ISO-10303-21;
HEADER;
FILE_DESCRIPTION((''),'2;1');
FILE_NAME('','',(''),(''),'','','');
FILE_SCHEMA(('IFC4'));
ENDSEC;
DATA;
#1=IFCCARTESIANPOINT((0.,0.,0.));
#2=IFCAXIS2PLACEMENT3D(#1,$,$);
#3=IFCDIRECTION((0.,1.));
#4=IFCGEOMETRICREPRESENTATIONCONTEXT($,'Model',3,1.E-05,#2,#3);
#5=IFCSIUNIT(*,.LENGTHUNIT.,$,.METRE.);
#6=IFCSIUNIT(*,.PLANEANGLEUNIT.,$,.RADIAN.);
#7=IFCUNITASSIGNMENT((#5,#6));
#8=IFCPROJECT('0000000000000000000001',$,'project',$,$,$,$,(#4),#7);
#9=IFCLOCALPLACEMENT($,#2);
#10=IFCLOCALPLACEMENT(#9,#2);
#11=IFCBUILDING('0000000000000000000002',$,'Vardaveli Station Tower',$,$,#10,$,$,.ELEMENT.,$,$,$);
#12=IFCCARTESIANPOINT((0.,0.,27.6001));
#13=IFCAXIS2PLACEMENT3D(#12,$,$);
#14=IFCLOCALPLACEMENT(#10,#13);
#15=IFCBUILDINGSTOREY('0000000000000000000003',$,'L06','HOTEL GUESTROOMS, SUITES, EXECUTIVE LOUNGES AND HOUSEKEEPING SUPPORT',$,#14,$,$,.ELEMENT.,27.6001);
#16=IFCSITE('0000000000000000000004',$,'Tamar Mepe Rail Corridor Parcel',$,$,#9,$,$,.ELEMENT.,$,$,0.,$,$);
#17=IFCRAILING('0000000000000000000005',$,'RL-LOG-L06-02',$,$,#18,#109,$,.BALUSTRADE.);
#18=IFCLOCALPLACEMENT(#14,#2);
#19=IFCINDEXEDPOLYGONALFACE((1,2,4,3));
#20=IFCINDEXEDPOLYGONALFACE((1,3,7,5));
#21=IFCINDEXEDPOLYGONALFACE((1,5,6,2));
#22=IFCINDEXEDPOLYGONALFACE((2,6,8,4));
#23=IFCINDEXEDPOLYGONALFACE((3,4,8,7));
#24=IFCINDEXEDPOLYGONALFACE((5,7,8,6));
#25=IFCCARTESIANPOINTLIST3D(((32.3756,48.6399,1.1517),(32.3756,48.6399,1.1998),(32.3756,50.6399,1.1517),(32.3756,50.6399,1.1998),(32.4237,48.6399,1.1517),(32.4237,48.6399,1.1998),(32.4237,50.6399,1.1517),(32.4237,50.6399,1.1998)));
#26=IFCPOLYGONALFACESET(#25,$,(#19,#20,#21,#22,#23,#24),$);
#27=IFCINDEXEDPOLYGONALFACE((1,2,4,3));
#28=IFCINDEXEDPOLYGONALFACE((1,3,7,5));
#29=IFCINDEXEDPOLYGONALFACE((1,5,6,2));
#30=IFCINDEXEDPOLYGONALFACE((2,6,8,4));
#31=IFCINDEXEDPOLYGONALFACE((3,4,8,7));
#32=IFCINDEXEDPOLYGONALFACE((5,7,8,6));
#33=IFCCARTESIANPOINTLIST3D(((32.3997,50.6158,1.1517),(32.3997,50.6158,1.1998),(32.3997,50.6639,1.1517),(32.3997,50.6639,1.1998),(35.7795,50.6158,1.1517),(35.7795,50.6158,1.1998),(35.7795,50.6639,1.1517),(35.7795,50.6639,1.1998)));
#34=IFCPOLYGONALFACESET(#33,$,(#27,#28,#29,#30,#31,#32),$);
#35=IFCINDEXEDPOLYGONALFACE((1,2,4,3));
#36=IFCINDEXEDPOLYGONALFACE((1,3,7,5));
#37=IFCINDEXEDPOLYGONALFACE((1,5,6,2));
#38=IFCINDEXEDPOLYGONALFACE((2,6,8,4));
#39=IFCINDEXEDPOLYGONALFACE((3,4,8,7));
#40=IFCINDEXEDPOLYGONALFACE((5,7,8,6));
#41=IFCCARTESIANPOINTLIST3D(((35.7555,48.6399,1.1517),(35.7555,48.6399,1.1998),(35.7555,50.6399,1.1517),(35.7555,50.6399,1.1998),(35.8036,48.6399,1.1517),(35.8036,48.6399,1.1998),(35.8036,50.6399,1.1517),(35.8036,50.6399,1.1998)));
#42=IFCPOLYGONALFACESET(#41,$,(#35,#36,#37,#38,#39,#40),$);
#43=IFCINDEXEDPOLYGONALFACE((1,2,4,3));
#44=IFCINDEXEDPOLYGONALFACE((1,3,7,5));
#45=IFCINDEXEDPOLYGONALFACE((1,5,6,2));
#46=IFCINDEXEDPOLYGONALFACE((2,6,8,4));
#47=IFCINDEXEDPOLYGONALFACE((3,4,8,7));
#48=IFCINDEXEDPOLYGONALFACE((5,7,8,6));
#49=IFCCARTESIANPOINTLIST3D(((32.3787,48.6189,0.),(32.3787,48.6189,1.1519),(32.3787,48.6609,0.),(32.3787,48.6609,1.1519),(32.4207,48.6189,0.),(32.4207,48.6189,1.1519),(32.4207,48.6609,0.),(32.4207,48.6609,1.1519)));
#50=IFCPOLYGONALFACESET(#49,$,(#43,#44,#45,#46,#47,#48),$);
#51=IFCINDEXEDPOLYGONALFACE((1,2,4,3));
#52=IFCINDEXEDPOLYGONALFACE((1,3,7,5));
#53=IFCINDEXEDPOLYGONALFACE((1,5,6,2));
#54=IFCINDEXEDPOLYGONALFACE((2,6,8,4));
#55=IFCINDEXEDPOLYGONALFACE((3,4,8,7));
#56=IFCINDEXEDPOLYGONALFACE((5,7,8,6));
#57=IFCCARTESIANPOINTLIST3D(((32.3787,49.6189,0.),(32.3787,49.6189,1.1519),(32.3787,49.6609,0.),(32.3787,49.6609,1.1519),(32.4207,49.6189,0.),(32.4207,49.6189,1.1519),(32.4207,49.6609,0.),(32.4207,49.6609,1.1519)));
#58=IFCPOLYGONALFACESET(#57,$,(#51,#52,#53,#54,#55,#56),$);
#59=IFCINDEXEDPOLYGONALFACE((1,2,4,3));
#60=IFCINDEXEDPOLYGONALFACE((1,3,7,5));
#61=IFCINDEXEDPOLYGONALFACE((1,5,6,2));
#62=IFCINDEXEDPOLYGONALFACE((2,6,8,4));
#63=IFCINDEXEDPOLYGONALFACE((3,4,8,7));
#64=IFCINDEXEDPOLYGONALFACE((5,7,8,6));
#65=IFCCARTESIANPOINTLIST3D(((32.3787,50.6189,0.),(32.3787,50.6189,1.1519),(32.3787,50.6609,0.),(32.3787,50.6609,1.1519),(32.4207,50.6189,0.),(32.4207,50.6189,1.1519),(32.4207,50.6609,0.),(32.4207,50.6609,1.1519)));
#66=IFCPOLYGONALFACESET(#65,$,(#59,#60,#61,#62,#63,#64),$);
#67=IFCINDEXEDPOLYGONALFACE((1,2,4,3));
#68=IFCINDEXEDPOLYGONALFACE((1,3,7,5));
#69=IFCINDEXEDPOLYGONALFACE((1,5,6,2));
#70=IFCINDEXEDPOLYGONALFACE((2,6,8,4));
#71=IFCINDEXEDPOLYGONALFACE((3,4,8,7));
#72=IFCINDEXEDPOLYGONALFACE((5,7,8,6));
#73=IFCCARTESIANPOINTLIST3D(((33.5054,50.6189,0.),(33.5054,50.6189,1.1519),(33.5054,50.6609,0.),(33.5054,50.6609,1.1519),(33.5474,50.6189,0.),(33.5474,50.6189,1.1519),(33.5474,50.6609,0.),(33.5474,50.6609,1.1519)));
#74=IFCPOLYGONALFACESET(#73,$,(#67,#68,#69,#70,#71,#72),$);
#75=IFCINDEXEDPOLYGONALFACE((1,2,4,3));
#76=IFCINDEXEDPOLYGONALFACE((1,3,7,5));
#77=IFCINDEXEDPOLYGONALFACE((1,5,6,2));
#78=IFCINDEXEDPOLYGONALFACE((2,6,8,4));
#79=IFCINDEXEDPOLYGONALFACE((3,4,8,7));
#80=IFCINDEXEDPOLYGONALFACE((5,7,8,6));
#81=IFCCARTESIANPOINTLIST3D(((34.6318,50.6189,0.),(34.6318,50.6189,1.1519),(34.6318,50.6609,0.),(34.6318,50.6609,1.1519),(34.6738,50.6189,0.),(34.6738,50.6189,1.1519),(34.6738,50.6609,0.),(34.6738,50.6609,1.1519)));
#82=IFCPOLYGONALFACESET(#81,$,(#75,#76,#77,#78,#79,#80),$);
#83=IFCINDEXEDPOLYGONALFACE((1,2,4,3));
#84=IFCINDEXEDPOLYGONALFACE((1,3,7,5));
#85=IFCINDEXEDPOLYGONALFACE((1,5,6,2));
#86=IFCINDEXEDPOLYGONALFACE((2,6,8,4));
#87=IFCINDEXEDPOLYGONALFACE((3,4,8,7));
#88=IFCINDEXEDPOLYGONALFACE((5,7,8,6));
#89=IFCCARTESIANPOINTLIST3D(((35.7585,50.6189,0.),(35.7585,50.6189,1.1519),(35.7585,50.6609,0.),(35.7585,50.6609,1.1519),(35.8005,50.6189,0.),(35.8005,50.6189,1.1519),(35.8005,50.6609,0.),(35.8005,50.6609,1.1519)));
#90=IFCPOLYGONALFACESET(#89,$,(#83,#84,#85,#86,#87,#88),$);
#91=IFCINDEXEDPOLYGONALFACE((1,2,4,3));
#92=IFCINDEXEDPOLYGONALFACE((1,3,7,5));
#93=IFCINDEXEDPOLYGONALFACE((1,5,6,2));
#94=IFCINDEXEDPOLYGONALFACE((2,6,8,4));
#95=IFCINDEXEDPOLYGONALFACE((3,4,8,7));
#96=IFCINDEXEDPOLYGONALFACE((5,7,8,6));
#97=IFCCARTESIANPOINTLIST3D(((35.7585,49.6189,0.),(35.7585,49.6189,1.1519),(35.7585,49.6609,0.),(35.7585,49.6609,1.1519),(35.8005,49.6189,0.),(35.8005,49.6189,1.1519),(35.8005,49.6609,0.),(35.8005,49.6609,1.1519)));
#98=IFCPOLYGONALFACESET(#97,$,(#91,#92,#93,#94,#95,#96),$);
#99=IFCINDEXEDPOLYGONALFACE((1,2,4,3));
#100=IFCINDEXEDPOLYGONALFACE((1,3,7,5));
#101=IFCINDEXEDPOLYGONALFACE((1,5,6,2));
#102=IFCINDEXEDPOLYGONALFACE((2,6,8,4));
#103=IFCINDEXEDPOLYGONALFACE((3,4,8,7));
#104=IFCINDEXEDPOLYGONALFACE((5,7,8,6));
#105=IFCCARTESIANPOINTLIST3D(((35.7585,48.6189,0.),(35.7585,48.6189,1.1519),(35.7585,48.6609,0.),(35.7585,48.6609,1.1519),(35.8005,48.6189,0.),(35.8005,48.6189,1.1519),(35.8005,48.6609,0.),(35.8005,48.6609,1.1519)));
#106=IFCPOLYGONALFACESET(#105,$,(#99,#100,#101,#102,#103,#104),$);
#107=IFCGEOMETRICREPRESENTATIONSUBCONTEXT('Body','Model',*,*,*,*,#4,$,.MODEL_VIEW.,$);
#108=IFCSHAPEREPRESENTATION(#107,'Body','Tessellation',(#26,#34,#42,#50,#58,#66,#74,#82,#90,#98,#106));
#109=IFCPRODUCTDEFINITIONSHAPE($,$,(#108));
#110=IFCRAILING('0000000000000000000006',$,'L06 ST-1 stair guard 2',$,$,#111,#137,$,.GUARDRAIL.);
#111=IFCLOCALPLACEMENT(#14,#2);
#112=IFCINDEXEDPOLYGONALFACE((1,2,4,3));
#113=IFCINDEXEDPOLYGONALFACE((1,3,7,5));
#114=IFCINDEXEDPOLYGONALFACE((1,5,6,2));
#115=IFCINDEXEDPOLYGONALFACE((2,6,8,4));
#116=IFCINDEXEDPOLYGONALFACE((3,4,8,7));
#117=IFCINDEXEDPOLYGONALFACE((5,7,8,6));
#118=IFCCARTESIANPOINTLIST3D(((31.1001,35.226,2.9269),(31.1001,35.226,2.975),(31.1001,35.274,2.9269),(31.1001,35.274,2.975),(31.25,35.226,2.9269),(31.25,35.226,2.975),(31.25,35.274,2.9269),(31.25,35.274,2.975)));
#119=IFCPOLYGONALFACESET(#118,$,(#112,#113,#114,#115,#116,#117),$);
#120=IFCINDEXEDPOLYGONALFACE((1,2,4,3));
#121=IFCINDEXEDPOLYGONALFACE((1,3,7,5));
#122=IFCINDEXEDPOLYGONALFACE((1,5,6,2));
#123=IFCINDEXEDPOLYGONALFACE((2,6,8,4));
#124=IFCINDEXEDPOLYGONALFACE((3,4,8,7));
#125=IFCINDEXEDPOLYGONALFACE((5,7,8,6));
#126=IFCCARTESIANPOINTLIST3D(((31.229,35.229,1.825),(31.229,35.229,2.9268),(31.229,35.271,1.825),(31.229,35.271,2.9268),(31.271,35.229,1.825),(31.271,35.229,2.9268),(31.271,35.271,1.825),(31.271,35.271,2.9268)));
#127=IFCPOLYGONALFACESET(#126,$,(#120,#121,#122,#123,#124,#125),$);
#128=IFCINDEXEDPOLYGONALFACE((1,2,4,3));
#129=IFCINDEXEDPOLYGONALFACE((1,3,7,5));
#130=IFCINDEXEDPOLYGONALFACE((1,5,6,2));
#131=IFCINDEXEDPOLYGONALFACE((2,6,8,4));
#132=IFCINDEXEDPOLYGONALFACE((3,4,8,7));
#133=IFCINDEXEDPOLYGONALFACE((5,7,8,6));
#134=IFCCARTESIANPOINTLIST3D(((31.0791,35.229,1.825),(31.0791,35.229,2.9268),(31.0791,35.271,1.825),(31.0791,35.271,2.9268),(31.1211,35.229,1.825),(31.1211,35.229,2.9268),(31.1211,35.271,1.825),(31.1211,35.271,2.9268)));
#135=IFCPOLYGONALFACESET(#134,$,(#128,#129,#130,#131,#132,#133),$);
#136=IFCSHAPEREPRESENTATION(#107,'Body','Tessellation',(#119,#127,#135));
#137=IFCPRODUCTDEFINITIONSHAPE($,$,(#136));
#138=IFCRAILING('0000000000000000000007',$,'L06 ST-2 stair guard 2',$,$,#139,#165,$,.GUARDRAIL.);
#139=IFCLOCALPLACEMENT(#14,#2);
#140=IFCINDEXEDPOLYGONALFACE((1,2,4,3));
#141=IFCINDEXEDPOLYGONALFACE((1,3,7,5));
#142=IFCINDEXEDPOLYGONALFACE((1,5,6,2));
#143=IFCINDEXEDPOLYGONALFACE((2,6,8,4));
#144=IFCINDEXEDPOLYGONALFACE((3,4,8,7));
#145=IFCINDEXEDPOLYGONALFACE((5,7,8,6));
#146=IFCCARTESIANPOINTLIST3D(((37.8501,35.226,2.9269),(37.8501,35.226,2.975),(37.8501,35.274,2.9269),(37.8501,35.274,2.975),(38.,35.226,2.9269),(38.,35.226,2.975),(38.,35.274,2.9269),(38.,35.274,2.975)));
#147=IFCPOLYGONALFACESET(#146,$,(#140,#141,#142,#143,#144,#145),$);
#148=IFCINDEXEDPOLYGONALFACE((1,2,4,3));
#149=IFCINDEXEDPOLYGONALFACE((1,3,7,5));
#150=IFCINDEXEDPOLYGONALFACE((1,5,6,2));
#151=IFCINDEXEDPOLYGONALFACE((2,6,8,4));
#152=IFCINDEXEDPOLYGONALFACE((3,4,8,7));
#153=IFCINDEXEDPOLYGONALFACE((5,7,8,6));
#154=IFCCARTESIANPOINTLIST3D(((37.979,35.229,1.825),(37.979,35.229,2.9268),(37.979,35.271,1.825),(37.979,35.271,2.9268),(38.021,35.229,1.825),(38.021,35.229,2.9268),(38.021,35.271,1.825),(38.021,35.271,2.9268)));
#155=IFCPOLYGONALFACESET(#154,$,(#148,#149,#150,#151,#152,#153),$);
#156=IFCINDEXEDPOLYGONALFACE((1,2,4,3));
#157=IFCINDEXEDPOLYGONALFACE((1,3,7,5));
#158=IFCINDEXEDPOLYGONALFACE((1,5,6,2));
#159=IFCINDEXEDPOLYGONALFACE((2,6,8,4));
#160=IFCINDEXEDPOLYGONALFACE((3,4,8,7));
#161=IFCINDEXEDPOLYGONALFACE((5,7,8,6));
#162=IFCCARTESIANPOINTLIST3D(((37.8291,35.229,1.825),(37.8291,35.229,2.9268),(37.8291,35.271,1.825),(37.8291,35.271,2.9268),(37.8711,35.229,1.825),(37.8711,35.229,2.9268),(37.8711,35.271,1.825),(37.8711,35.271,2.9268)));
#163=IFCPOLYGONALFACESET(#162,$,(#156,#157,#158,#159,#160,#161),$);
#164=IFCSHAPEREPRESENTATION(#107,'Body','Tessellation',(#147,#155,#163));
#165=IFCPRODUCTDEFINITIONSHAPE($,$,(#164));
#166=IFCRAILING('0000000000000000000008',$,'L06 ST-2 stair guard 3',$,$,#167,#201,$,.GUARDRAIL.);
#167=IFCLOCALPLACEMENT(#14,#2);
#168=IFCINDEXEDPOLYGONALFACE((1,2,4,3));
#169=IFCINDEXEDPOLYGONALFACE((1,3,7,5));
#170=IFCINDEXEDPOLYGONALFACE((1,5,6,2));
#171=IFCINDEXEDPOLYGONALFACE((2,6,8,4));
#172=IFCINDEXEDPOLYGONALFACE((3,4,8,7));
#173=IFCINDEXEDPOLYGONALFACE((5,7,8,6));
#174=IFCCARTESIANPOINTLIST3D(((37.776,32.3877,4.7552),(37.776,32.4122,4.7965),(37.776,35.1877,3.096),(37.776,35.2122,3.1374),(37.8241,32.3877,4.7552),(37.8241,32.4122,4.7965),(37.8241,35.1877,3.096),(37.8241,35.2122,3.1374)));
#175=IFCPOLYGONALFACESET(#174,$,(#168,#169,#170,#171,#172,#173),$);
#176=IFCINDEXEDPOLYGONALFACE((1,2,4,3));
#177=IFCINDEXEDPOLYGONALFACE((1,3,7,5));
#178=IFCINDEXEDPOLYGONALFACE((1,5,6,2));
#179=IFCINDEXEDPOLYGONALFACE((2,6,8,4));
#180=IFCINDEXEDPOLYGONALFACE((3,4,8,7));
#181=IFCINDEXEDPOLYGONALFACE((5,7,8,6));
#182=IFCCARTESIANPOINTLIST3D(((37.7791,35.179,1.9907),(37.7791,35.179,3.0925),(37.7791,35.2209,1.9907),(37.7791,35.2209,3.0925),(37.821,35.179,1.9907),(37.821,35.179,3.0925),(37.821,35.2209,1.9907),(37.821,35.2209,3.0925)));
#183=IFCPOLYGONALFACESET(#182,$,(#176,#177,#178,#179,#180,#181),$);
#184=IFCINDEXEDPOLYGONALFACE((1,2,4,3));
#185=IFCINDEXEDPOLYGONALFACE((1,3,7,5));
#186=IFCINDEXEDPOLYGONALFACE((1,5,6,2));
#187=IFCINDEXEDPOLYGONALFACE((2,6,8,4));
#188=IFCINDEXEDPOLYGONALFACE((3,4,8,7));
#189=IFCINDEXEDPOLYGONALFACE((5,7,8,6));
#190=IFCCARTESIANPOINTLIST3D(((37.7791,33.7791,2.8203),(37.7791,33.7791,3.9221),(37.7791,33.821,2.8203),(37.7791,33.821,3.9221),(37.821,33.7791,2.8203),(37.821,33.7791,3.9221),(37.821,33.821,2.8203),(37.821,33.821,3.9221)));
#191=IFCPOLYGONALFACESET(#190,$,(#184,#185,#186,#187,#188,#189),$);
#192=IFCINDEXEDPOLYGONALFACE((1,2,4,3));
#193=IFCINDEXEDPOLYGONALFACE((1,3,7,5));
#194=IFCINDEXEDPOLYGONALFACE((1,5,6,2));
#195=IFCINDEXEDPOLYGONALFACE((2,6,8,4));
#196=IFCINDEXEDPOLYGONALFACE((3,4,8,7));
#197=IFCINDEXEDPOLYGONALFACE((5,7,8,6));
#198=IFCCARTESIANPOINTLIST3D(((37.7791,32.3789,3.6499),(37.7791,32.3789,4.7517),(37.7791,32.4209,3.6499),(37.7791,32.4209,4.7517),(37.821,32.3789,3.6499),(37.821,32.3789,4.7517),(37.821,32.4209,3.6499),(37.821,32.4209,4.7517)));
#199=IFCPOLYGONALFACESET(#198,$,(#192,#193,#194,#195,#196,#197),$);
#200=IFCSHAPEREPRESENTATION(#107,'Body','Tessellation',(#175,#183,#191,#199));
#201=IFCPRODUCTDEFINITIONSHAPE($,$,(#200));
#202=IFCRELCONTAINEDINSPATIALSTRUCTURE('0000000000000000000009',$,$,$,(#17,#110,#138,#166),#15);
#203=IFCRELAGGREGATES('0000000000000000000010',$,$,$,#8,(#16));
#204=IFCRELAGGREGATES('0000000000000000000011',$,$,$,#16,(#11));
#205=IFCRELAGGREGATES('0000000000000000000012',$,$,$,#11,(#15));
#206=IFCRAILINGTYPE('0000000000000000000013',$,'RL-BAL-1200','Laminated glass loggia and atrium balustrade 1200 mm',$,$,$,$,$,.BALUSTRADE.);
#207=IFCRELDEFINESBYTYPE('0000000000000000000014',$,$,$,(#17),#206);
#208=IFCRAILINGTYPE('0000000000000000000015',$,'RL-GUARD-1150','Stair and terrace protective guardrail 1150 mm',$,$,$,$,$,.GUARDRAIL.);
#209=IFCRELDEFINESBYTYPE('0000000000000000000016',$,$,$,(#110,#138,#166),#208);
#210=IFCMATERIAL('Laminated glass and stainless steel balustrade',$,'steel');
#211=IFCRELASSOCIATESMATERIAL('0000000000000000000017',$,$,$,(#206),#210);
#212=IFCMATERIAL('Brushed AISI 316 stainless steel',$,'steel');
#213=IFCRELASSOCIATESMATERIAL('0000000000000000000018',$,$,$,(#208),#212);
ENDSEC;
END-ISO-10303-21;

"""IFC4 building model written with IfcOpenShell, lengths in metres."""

from ifc_helpers import new_model, si_unit, direction, frame, origin, origin_2d, place, context, subcontext, project, spatial, rectangle, extrude, source, transform, mapped, material, type_object, element, save


model = new_model("IFC4")

# Units and contexts
model_context = context("Model", 3, precision=1e-05, world=origin(), true_north=direction((0.0, 1.0)))
body_context = subcontext(model_context, "Body", "Model", "MODEL_VIEW")
ifc_project = project(units=[si_unit("LENGTHUNIT", "METRE"), si_unit("PLANEANGLEUNIT", "RADIAN")], contexts=[model_context])

# Site, building, storey
site_placement = place(None, origin())
site = spatial("IfcSite", under=ifc_project, at=site_placement, Name="Tamar Mepe Rail Corridor Parcel", CompositionType="ELEMENT", RefElevation=0.0)
building_placement = place(site_placement, origin())
building = spatial("IfcBuilding", under=site, at=building_placement, Name="Vardaveli Station Tower", CompositionType="ELEMENT")
storey_placement = place(building_placement, frame((0.0, 0.0, 27.6001)))
storey = spatial("IfcBuildingStorey", under=building, at=storey_placement, Name="L06", Description="HOTEL GUESTROOMS, SUITES, EXECUTIVE LOUNGES AND HOUSEKEEPING SUPPORT", CompositionType="ELEMENT", Elevation=27.6001)

# Railings
ifc_material_1 = material(Name="Laminated glass and stainless steel balustrade", Category="steel")
railing_type_1 = type_object("IfcRailingType", Name="RL-BAL-1200", Description="Laminated glass loggia and atrium balustrade 1200 mm", PredefinedType="BALUSTRADE", material=ifc_material_1)
shared_shape_1 = source(origin(), body_context, "Body", "SweptSolid", [
    extrude(rectangle(XDim=0.0481, YDim=0.0481, at=origin_2d()), frame((0.0, 0.0, 1.1758), z_axis=(0.0, 1.0, 0.0), x_axis=(-1.0, 0.0, 0.0)), (0.0, 0.0, 1.0), 2.0),
    extrude(rectangle(XDim=0.0481, YDim=0.0481, at=origin_2d()), frame((0.0, 2.0, 1.1758), z_axis=(1.0, 0.0, 0.0), x_axis=(0.0, 1.0, 0.0)), (0.0, 0.0, 1.0), 3.3799),
    extrude(rectangle(XDim=0.0481, YDim=0.0481, at=origin_2d()), frame((3.3799, 2.0, 1.1758), z_axis=(0.0, -1.0, 0.0), x_axis=(1.0, 0.0, 0.0)), (0.0, 0.0, 1.0), 2.0),
    extrude(rectangle(XDim=0.042, YDim=0.042, at=origin_2d()), origin(), (0.0, 0.0, 1.0), 1.1519),
    extrude(rectangle(XDim=0.042, YDim=0.042, at=origin_2d()), frame((0.0, 1.0, 0.0)), (0.0, 0.0, 1.0), 1.1519),
    extrude(rectangle(XDim=0.042, YDim=0.042, at=origin_2d()), frame((0.0, 2.0, 0.0)), (0.0, 0.0, 1.0), 1.1519),
    extrude(rectangle(XDim=0.042, YDim=0.042, at=origin_2d()), frame((1.1267, 2.0, 0.0)), (0.0, 0.0, 1.0), 1.1519),
    extrude(rectangle(XDim=0.042, YDim=0.042, at=origin_2d()), frame((2.2532, 2.0, 0.0)), (0.0, 0.0, 1.0), 1.1519),
    extrude(rectangle(XDim=0.042, YDim=0.042, at=origin_2d()), frame((3.3799, 2.0, 0.0)), (0.0, 0.0, 1.0), 1.1519),
    extrude(rectangle(XDim=0.042, YDim=0.042, at=origin_2d()), frame((3.3799, 1.0, 0.0)), (0.0, 0.0, 1.0), 1.1519),
    extrude(rectangle(XDim=0.042, YDim=0.042, at=origin_2d()), frame((3.3799, 0.0, 0.0)), (0.0, 0.0, 1.0), 1.1519),
])
railing_1_placement = place(storey_placement, frame((32.3997, 48.6399, 0.0)))
element("IfcRailing", 1, at=railing_1_placement, inside=storey, type_object=railing_type_1, Name="RL-LOG-L06-02", PredefinedType="BALUSTRADE", context=body_context, shape_type="MappedRepresentation", body=[
    mapped(shared_shape_1, transform((0.0, 0.0, 0.0), scale=1.0)),
])
ifc_material_2 = material(Name="Brushed AISI 316 stainless steel", Category="steel")
railing_type_2 = type_object("IfcRailingType", Name="RL-GUARD-1150", Description="Stair and terrace protective guardrail 1150 mm", PredefinedType="GUARDRAIL", material=ifc_material_2)
shared_shape_2 = source(origin(), body_context, "Body", "SweptSolid", [
    extrude(rectangle(XDim=0.0481, YDim=0.0481, at=origin_2d()), frame((0.0, 0.0, 1.126), z_axis=(-1.0, 0.0, 0.0), x_axis=(0.0, -1.0, 0.0)), (0.0, 0.0, 1.0), 0.1499),
    extrude(rectangle(XDim=0.042, YDim=0.042, at=origin_2d()), origin(), (0.0, 0.0, 1.0), 1.1018),
    extrude(rectangle(XDim=0.042, YDim=0.042, at=origin_2d()), frame((-0.1499, 0.0, 0.0)), (0.0, 0.0, 1.0), 1.1018),
])
for number, where, name in (
    (2, (31.25, 35.25, 1.825), "L06 ST-1 stair guard 2"),
    (3, (38.0, 35.25, 1.825), "L06 ST-2 stair guard 2"),
):
    element("IfcRailing", number, at=place(storey_placement, frame(where)), inside=storey, type_object=railing_type_2, Name=name, PredefinedType="GUARDRAIL", context=body_context, shape_type="MappedRepresentation", body=[
        mapped(shared_shape_2, transform((0.0, 0.0, 0.0), scale=1.0)),
    ])
shared_shape_3 = source(origin(), body_context, "Body", "SweptSolid", [
    extrude(rectangle(XDim=0.0481, YDim=0.0481, at=origin_2d()), frame((0.0, 0.0, 1.126), z_axis=(0.0, -0.860306, 0.509778), x_axis=(1.0, 0.0, 0.0)), (0.0, 0.0, 1.0), 3.2546),
    extrude(rectangle(XDim=0.042, YDim=0.042, at=origin_2d()), origin(), (0.0, 0.0, 1.0), 1.1018),
    extrude(rectangle(XDim=0.042, YDim=0.042, at=origin_2d()), frame((0.0, -1.3999, 0.8296)), (0.0, 0.0, 1.0), 1.1018),
    extrude(rectangle(XDim=0.042, YDim=0.042, at=origin_2d()), frame((0.0, -2.8, 1.6592)), (0.0, 0.0, 1.0), 1.1018),
])
railing_2_placement = place(storey_placement, frame((37.8, 35.2, 1.9907)))
element("IfcRailing", 4, at=railing_2_placement, inside=storey, type_object=railing_type_2, Name="L06 ST-2 stair guard 3", PredefinedType="GUARDRAIL", context=body_context, shape_type="MappedRepresentation", body=[
    mapped(shared_shape_3, transform((0.0, 0.0, 0.0), scale=1.0)),
])

save(model, "model.ifc")
